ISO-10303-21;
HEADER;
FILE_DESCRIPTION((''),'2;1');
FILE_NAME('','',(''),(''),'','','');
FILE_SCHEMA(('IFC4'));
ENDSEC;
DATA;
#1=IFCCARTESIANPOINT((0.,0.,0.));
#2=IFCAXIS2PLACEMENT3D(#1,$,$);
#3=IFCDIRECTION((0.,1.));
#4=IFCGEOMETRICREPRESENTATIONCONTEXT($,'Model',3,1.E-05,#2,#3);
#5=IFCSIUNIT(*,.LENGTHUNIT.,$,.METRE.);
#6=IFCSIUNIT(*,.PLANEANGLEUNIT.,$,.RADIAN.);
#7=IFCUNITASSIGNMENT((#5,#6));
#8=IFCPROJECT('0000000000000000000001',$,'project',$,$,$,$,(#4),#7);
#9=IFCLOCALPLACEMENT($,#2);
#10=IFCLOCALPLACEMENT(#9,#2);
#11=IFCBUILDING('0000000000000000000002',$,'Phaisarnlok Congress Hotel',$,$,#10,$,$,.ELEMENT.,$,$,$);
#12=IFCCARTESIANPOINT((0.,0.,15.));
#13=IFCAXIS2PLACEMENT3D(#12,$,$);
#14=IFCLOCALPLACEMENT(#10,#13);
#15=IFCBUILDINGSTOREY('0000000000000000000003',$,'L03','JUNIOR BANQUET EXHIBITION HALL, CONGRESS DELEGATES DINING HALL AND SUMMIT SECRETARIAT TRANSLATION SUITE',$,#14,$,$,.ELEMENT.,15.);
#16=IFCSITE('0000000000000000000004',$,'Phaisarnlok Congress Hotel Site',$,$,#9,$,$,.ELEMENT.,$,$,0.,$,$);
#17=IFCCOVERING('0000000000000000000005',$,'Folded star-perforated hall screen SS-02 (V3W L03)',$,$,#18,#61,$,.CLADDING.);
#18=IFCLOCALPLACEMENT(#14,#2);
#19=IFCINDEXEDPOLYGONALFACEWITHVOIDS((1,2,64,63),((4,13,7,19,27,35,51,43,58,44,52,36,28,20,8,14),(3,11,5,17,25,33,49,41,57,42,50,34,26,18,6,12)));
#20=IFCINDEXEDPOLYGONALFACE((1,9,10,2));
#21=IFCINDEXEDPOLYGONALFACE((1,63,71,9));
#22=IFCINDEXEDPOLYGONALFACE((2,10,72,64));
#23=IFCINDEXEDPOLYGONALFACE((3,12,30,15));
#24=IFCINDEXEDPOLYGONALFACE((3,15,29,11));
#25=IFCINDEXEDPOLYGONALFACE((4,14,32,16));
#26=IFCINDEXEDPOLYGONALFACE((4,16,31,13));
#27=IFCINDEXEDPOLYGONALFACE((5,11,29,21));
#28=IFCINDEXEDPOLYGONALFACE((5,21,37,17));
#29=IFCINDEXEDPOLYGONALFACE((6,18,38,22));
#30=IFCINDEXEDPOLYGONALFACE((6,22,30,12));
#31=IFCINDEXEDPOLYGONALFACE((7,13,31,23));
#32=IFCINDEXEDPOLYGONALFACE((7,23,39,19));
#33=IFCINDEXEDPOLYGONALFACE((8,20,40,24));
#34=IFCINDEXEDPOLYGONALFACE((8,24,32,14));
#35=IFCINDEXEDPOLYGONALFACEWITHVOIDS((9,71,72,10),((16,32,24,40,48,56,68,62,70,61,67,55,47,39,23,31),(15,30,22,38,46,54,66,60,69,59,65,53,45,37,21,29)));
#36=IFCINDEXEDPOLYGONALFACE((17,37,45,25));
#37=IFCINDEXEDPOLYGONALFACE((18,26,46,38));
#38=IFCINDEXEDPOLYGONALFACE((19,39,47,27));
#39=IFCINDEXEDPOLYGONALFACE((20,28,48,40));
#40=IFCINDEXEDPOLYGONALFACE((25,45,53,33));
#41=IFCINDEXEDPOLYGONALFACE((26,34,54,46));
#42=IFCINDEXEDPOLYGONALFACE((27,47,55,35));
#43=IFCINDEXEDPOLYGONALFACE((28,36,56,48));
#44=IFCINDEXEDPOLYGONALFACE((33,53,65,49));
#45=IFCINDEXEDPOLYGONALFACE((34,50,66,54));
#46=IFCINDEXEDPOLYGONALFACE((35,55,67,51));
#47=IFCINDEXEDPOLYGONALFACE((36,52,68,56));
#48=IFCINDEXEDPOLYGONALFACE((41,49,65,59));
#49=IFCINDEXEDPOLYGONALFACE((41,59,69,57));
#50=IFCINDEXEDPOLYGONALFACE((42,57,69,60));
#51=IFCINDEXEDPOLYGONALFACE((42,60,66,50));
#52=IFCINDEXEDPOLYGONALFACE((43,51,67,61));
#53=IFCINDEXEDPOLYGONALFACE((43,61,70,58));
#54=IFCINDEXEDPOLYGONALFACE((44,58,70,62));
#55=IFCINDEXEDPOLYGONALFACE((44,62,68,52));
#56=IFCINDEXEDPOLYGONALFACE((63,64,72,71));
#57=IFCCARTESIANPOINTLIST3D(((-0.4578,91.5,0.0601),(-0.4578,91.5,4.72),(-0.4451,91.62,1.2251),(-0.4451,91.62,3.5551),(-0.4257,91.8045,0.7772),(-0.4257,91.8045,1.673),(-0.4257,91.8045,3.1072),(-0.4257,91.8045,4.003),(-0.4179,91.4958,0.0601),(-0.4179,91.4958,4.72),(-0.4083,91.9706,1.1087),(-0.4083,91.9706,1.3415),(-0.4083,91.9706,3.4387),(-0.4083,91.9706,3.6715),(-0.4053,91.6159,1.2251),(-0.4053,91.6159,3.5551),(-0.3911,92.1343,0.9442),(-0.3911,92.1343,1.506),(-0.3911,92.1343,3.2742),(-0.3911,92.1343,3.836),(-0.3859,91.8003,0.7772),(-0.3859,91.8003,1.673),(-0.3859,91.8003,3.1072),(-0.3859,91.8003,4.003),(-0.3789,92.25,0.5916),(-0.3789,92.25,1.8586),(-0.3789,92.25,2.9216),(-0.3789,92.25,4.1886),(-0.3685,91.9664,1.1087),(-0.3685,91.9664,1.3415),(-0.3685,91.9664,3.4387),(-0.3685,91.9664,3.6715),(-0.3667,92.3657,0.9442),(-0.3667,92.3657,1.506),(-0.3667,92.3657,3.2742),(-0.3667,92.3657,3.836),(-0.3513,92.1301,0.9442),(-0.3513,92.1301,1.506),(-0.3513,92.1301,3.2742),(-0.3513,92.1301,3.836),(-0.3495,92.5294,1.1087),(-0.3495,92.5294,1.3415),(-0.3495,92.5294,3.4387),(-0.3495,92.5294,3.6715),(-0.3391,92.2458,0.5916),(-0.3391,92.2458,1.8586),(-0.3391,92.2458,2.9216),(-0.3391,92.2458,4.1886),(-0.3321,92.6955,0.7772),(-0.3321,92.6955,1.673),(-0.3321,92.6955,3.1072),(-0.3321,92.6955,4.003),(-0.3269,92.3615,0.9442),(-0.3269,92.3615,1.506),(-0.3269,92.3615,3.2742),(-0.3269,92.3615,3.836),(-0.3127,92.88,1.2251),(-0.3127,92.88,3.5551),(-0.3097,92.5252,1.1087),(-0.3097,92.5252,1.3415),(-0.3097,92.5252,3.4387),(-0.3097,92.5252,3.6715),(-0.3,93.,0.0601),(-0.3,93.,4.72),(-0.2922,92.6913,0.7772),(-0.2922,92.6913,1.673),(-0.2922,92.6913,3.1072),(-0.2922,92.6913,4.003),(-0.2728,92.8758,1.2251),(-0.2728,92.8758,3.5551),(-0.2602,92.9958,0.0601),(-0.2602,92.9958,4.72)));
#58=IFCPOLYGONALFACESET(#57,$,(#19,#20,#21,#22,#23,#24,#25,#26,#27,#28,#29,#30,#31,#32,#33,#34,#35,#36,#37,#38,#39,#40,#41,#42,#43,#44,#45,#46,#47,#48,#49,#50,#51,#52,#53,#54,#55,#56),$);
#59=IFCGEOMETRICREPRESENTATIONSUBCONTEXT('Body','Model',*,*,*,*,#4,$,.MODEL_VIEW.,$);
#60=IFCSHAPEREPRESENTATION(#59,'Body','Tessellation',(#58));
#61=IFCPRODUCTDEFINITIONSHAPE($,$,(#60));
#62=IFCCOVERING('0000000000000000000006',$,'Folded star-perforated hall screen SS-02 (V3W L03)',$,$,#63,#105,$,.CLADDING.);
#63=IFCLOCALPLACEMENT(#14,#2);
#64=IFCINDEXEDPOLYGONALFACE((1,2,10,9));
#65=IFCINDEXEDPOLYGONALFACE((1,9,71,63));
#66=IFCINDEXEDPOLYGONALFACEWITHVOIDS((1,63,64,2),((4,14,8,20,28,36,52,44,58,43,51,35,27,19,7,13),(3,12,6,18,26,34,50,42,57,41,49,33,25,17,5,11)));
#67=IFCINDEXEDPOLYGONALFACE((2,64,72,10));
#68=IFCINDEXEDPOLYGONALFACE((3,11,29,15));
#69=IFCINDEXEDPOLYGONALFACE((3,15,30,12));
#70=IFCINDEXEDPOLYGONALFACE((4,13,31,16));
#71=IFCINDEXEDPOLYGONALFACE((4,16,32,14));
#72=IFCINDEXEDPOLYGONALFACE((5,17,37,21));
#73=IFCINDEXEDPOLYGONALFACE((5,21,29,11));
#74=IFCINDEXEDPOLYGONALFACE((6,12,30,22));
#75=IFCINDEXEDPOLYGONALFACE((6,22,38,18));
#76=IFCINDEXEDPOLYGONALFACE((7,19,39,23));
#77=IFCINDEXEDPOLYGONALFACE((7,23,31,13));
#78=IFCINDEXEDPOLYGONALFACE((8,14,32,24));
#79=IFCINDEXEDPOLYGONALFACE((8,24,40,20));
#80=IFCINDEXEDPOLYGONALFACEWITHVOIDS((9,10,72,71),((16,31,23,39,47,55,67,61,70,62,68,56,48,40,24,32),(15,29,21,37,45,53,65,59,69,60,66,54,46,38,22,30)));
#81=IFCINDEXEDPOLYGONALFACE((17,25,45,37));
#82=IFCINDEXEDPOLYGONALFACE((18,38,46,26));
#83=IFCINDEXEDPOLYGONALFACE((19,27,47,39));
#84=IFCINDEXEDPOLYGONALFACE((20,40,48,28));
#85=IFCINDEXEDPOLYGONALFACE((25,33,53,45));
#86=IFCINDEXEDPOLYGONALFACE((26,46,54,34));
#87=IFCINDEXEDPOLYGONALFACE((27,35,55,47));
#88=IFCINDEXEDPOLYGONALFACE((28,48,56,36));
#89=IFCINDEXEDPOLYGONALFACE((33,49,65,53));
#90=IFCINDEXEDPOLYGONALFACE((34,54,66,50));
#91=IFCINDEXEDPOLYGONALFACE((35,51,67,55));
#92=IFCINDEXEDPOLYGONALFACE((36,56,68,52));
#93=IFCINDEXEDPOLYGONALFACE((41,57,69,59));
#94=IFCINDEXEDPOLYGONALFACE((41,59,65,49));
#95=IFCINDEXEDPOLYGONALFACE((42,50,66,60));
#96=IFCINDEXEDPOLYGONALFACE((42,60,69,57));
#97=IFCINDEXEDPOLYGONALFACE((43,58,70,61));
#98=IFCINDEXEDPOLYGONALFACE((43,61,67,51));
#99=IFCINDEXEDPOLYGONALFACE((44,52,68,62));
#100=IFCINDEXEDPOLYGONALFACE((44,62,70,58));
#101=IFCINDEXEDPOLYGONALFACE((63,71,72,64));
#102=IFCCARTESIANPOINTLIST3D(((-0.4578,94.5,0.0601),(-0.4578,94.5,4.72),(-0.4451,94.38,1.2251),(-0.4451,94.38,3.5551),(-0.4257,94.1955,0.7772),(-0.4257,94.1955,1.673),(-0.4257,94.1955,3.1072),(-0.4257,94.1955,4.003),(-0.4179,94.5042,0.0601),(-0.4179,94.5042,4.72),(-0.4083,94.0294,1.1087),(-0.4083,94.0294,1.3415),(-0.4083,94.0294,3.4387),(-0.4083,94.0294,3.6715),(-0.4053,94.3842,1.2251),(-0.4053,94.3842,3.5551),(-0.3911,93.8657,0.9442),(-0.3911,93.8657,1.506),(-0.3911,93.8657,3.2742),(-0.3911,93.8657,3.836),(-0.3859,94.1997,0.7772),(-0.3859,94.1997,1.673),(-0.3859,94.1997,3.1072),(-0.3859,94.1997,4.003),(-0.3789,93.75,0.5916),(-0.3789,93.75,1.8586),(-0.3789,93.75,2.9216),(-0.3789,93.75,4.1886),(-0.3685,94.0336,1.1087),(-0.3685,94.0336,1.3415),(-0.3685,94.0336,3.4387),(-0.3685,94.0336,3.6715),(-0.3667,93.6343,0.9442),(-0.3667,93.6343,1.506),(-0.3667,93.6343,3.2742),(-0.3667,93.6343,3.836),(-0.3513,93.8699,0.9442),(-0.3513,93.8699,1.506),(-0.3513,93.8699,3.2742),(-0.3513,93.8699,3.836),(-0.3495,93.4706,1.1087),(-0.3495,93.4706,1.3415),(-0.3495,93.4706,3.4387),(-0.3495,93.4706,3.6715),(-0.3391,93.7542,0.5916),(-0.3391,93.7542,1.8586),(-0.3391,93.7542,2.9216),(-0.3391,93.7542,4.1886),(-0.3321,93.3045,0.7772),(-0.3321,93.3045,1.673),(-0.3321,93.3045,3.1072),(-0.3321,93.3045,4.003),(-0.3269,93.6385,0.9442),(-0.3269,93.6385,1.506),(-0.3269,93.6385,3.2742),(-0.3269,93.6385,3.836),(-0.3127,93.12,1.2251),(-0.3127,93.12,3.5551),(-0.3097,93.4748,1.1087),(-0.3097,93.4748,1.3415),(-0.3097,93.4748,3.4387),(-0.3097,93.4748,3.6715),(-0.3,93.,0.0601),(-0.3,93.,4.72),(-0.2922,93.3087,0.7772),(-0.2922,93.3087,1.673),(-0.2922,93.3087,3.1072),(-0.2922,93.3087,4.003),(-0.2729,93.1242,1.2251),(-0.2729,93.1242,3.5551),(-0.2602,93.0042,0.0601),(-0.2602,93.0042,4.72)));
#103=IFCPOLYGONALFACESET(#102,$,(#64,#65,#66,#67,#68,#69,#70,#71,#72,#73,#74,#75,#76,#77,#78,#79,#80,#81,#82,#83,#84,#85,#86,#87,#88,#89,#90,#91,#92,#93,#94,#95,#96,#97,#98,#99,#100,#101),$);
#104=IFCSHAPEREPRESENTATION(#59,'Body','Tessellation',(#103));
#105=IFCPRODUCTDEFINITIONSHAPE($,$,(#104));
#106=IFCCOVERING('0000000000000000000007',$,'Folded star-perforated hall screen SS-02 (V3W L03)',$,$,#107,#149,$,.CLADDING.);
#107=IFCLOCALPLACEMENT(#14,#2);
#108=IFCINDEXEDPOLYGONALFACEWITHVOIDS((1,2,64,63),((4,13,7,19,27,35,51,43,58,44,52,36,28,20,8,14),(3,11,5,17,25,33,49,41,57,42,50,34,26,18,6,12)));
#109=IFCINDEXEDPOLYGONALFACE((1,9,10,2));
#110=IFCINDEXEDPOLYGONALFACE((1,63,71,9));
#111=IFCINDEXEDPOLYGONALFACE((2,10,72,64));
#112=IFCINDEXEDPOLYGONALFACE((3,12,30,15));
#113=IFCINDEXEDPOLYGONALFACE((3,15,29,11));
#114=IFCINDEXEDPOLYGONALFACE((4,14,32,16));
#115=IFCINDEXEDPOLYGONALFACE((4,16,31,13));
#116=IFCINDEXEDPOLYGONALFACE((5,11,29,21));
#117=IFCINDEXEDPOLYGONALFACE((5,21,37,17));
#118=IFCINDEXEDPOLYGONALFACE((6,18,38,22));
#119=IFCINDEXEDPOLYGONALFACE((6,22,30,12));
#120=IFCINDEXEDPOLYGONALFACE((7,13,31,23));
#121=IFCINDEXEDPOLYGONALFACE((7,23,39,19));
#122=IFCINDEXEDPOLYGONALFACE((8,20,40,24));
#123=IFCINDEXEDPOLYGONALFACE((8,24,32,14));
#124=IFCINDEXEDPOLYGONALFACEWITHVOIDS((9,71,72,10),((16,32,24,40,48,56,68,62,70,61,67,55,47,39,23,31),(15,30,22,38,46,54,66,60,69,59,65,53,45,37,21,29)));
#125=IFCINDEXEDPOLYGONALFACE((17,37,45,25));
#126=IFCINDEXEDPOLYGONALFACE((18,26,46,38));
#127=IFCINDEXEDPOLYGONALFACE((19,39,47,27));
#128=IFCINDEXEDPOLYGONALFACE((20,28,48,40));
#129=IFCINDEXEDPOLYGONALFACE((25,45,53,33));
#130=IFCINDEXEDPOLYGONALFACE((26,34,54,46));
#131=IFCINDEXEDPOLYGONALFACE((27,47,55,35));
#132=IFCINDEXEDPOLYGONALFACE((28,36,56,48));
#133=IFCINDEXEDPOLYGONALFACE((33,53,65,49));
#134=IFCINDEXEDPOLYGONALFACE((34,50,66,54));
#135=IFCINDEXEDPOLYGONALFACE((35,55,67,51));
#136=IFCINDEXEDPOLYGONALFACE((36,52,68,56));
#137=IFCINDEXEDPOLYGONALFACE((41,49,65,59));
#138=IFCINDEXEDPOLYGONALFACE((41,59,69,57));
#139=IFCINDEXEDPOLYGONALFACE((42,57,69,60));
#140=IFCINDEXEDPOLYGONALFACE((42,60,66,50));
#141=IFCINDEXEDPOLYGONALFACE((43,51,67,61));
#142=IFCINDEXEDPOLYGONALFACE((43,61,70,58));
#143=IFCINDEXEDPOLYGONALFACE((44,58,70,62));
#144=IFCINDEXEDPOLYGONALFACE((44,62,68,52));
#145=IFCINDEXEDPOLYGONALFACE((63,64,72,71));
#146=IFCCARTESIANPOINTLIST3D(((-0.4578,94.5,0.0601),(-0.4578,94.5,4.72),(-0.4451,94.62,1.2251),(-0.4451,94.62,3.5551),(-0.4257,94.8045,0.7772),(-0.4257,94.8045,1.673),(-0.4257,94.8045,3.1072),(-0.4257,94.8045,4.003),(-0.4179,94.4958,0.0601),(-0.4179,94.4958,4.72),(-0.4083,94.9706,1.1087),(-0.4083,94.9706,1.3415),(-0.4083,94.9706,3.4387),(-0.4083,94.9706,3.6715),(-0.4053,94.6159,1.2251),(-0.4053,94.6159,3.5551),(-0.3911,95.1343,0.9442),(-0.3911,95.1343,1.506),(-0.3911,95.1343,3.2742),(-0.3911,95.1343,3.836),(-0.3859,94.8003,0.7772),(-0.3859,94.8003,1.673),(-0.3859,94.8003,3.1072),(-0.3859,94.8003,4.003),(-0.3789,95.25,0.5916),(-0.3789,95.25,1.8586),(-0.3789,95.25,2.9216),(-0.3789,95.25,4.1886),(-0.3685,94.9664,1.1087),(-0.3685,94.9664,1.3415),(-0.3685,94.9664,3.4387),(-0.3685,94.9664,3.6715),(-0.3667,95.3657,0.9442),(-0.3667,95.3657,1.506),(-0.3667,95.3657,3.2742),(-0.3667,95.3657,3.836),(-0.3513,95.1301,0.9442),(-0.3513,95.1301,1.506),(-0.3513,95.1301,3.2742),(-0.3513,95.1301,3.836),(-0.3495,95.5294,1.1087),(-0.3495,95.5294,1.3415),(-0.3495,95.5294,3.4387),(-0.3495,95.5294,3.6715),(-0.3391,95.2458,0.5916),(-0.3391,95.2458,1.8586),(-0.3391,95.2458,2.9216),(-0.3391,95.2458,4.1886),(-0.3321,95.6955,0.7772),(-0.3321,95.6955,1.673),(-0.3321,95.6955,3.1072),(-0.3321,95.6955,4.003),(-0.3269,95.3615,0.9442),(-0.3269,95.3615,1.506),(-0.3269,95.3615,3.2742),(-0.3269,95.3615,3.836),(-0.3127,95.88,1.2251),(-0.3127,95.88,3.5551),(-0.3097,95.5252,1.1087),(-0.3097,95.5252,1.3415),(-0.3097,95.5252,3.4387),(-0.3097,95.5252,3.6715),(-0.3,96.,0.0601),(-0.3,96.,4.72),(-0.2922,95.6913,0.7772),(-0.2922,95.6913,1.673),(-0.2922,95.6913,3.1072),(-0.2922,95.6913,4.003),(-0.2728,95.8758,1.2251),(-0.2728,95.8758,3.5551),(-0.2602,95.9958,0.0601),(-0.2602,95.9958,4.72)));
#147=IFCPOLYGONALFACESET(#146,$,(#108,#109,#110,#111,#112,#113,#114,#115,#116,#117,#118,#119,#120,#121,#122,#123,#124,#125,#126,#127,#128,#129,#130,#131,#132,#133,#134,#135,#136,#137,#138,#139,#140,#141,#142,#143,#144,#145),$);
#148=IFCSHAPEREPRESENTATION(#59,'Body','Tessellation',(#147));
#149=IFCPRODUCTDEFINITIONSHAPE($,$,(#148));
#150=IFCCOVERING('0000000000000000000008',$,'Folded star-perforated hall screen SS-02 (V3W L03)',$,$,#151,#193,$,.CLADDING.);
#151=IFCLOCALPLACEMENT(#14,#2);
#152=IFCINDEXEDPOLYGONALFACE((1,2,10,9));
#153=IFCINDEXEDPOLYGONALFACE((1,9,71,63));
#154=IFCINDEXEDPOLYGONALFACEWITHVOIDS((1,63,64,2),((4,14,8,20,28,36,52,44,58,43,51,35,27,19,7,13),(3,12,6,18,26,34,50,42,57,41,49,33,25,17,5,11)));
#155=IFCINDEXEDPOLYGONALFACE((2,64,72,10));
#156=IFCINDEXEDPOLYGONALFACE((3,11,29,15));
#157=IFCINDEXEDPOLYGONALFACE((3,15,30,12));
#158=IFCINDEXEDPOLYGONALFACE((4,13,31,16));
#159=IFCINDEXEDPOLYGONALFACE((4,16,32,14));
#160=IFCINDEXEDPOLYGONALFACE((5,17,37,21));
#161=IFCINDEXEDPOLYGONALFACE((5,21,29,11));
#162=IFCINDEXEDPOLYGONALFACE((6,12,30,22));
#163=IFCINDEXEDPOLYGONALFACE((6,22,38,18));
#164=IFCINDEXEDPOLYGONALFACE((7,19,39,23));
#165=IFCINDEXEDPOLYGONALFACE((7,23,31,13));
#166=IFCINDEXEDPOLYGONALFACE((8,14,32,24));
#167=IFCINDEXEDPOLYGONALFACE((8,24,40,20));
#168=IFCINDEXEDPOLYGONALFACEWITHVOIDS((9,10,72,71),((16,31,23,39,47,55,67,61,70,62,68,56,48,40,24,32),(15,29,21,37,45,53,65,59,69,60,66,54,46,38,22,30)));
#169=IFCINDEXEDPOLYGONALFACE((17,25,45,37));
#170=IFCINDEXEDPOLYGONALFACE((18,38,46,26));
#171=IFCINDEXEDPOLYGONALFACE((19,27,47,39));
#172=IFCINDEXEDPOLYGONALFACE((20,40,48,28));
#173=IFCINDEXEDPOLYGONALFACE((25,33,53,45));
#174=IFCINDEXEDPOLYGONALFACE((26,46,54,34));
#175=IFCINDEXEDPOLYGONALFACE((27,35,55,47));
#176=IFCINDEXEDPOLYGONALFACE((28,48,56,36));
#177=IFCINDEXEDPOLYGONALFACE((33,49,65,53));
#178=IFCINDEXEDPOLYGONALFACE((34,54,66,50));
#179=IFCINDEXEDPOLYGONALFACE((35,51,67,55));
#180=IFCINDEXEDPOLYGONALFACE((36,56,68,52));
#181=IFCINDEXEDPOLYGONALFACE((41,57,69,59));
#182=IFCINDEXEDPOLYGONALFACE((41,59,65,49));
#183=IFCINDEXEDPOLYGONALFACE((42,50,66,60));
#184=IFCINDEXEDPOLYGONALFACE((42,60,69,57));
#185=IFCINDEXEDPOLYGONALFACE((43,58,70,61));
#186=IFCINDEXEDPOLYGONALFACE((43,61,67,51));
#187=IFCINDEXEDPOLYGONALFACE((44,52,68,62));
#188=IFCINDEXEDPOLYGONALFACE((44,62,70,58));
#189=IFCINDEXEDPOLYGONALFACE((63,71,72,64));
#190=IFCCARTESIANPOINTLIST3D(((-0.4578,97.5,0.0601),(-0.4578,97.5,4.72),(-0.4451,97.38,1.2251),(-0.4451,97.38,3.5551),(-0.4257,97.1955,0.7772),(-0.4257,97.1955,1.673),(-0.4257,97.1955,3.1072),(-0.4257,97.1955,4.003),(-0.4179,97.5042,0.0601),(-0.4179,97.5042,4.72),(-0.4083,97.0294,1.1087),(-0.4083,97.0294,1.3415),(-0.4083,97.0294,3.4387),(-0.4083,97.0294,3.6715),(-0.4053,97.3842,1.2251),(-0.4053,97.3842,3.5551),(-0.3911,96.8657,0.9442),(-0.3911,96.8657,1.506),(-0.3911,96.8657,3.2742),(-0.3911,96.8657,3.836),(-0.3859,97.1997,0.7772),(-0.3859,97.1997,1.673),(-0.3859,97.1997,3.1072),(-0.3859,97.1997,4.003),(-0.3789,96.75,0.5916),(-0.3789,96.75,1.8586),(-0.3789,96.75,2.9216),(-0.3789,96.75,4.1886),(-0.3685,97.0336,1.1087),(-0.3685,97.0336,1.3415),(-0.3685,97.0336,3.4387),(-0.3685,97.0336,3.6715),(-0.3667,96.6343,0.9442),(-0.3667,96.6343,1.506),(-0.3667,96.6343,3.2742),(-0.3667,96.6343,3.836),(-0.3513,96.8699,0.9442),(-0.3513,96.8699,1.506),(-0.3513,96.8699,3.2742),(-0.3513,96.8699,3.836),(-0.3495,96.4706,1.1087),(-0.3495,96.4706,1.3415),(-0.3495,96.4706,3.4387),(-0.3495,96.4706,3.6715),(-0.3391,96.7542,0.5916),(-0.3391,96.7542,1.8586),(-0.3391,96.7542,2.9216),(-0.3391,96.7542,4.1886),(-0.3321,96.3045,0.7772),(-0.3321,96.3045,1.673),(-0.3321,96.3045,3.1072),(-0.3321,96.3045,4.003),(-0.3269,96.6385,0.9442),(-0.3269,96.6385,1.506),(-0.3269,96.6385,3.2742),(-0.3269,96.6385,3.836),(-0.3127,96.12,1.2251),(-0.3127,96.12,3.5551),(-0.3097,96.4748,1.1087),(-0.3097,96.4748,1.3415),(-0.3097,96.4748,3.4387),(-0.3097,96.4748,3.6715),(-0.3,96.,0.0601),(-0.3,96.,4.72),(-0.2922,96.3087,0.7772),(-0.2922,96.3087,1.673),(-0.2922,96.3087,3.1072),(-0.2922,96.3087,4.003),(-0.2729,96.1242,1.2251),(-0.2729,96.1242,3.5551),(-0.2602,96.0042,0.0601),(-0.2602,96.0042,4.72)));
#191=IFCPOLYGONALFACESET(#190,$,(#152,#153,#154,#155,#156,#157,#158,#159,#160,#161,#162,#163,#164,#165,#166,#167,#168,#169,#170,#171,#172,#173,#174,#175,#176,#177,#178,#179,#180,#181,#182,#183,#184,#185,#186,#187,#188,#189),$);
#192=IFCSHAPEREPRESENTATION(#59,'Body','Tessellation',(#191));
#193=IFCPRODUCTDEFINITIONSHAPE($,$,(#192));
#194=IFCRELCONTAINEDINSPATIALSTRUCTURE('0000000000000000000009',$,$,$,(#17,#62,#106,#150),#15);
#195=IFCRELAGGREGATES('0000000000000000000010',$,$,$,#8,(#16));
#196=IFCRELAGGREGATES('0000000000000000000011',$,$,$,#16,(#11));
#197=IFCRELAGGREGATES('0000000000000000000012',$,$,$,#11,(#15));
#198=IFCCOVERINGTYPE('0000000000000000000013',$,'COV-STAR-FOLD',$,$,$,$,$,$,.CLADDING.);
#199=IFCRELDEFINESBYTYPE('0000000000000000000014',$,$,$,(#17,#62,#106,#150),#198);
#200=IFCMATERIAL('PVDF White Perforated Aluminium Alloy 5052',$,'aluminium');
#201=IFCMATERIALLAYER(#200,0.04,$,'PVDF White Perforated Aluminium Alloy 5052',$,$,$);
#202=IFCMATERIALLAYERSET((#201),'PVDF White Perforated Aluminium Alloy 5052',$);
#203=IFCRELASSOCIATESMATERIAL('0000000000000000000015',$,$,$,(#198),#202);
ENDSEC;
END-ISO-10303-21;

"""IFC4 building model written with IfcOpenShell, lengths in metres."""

from ifc_helpers import new_model, si_unit, direction, frame, origin, place, context, subcontext, project, spatial, polyline, outline, extrude, material, layer, layer_set, type_object, element, save


model = new_model("IFC4")

# Units and contexts
model_context = context("Model", 3, precision=1e-05, world=origin(), true_north=direction((0.0, 1.0)))
body_context = subcontext(model_context, "Body", "Model", "MODEL_VIEW")
ifc_project = project(units=[si_unit("LENGTHUNIT", "METRE"), si_unit("PLANEANGLEUNIT", "RADIAN")], contexts=[model_context])

# Site, building, storey
site_placement = place(None, origin())
site = spatial("IfcSite", under=ifc_project, at=site_placement, Name="Phaisarnlok Congress Hotel Site", CompositionType="ELEMENT", RefElevation=0.0)
building_placement = place(site_placement, origin())
building = spatial("IfcBuilding", under=site, at=building_placement, Name="Phaisarnlok Congress Hotel", CompositionType="ELEMENT")
storey_placement = place(building_placement, frame((0.0, 0.0, 15.0)))
storey = spatial("IfcBuildingStorey", under=building, at=storey_placement, Name="L03", Description="JUNIOR BANQUET EXHIBITION HALL, CONGRESS DELEGATES DINING HALL AND SUMMIT SECRETARIAT TRANSLATION SUITE", CompositionType="ELEMENT", Elevation=15.0)

# Coverings
ifc_material_1 = material(Name="PVDF White Perforated Aluminium Alloy 5052", Category="aluminium")
ifc_layer_1 = layer(ifc_material_1, 0.04, Name="PVDF White Perforated Aluminium Alloy 5052")
ifc_layer_set_1 = layer_set([ifc_layer_1], Name="PVDF White Perforated Aluminium Alloy 5052")
covering_type = type_object("IfcCoveringType", Name="COV-STAR-FOLD", PredefinedType="CLADDING", material=ifc_layer_set_1)
for number, where, z_axis, x_axis, name in (
    (1, (-0.4578, 91.5, 0.0601), (0.994518, -0.104567, 0.0), (0.104567, 0.994518, 0.0), "Folded star-perforated hall screen SS-02 (V3W L03)"),
    (2, (-0.3, 93.0, 0.0601), (0.994518, 0.104567, 0.0), (-0.104567, 0.994518, 0.0), "Folded star-perforated hall screen SS-02 (V3W L03)"),
    (3, (-0.4578, 94.5, 0.0601), (0.994518, -0.104567, 0.0), (0.104567, 0.994518, 0.0), "Folded star-perforated hall screen SS-02 (V3W L03)"),
    (4, (-0.3, 96.0, 0.0601), (0.994518, 0.104567, 0.0), (-0.104567, 0.994518, 0.0), "Folded star-perforated hall screen SS-02 (V3W L03)"),
):
    element("IfcCovering", number, at=place(storey_placement, frame(where, z_axis=z_axis, x_axis=x_axis)), inside=storey, type_object=covering_type, Name=name, PredefinedType="CLADDING", context=body_context, shape_type="SweptSolid", body=[
        extrude(outline(polyline([(0.0, 0.0), (1.5083, 0.0), (1.5083, 4.6599), (0.0, 4.6599), (0.0, 0.0)]), holes=[polyline([(1.0351, 1.0486), (1.2021, 0.7171), (0.8705, 0.8841), (0.7541, 0.5315), (0.6378, 0.8841), (0.3062, 0.7171), (0.4732, 1.0486), (0.1207, 1.165), (0.4732, 1.2814), (0.3062, 1.6129), (0.6378, 1.4459), (0.7541, 1.7985), (0.8705, 1.4459), (1.2021, 1.6129), (1.0351, 1.2814), (1.3876, 1.165), (1.0351, 1.0486)]), polyline([(1.0351, 3.3786), (1.2021, 3.0471), (0.8705, 3.2141), (0.7541, 2.8615), (0.6378, 3.2141), (0.3062, 3.0471), (0.4732, 3.3786), (0.1207, 3.495), (0.4732, 3.6114), (0.3062, 3.9429), (0.6378, 3.7759), (0.7541, 4.1285), (0.8705, 3.7759), (1.2021, 3.9429), (1.0351, 3.6114), (1.3876, 3.495), (1.0351, 3.3786)])]), origin(), (0.0, 0.0, 1.0), 0.04),
    ])

save(model, "model.ifc")
